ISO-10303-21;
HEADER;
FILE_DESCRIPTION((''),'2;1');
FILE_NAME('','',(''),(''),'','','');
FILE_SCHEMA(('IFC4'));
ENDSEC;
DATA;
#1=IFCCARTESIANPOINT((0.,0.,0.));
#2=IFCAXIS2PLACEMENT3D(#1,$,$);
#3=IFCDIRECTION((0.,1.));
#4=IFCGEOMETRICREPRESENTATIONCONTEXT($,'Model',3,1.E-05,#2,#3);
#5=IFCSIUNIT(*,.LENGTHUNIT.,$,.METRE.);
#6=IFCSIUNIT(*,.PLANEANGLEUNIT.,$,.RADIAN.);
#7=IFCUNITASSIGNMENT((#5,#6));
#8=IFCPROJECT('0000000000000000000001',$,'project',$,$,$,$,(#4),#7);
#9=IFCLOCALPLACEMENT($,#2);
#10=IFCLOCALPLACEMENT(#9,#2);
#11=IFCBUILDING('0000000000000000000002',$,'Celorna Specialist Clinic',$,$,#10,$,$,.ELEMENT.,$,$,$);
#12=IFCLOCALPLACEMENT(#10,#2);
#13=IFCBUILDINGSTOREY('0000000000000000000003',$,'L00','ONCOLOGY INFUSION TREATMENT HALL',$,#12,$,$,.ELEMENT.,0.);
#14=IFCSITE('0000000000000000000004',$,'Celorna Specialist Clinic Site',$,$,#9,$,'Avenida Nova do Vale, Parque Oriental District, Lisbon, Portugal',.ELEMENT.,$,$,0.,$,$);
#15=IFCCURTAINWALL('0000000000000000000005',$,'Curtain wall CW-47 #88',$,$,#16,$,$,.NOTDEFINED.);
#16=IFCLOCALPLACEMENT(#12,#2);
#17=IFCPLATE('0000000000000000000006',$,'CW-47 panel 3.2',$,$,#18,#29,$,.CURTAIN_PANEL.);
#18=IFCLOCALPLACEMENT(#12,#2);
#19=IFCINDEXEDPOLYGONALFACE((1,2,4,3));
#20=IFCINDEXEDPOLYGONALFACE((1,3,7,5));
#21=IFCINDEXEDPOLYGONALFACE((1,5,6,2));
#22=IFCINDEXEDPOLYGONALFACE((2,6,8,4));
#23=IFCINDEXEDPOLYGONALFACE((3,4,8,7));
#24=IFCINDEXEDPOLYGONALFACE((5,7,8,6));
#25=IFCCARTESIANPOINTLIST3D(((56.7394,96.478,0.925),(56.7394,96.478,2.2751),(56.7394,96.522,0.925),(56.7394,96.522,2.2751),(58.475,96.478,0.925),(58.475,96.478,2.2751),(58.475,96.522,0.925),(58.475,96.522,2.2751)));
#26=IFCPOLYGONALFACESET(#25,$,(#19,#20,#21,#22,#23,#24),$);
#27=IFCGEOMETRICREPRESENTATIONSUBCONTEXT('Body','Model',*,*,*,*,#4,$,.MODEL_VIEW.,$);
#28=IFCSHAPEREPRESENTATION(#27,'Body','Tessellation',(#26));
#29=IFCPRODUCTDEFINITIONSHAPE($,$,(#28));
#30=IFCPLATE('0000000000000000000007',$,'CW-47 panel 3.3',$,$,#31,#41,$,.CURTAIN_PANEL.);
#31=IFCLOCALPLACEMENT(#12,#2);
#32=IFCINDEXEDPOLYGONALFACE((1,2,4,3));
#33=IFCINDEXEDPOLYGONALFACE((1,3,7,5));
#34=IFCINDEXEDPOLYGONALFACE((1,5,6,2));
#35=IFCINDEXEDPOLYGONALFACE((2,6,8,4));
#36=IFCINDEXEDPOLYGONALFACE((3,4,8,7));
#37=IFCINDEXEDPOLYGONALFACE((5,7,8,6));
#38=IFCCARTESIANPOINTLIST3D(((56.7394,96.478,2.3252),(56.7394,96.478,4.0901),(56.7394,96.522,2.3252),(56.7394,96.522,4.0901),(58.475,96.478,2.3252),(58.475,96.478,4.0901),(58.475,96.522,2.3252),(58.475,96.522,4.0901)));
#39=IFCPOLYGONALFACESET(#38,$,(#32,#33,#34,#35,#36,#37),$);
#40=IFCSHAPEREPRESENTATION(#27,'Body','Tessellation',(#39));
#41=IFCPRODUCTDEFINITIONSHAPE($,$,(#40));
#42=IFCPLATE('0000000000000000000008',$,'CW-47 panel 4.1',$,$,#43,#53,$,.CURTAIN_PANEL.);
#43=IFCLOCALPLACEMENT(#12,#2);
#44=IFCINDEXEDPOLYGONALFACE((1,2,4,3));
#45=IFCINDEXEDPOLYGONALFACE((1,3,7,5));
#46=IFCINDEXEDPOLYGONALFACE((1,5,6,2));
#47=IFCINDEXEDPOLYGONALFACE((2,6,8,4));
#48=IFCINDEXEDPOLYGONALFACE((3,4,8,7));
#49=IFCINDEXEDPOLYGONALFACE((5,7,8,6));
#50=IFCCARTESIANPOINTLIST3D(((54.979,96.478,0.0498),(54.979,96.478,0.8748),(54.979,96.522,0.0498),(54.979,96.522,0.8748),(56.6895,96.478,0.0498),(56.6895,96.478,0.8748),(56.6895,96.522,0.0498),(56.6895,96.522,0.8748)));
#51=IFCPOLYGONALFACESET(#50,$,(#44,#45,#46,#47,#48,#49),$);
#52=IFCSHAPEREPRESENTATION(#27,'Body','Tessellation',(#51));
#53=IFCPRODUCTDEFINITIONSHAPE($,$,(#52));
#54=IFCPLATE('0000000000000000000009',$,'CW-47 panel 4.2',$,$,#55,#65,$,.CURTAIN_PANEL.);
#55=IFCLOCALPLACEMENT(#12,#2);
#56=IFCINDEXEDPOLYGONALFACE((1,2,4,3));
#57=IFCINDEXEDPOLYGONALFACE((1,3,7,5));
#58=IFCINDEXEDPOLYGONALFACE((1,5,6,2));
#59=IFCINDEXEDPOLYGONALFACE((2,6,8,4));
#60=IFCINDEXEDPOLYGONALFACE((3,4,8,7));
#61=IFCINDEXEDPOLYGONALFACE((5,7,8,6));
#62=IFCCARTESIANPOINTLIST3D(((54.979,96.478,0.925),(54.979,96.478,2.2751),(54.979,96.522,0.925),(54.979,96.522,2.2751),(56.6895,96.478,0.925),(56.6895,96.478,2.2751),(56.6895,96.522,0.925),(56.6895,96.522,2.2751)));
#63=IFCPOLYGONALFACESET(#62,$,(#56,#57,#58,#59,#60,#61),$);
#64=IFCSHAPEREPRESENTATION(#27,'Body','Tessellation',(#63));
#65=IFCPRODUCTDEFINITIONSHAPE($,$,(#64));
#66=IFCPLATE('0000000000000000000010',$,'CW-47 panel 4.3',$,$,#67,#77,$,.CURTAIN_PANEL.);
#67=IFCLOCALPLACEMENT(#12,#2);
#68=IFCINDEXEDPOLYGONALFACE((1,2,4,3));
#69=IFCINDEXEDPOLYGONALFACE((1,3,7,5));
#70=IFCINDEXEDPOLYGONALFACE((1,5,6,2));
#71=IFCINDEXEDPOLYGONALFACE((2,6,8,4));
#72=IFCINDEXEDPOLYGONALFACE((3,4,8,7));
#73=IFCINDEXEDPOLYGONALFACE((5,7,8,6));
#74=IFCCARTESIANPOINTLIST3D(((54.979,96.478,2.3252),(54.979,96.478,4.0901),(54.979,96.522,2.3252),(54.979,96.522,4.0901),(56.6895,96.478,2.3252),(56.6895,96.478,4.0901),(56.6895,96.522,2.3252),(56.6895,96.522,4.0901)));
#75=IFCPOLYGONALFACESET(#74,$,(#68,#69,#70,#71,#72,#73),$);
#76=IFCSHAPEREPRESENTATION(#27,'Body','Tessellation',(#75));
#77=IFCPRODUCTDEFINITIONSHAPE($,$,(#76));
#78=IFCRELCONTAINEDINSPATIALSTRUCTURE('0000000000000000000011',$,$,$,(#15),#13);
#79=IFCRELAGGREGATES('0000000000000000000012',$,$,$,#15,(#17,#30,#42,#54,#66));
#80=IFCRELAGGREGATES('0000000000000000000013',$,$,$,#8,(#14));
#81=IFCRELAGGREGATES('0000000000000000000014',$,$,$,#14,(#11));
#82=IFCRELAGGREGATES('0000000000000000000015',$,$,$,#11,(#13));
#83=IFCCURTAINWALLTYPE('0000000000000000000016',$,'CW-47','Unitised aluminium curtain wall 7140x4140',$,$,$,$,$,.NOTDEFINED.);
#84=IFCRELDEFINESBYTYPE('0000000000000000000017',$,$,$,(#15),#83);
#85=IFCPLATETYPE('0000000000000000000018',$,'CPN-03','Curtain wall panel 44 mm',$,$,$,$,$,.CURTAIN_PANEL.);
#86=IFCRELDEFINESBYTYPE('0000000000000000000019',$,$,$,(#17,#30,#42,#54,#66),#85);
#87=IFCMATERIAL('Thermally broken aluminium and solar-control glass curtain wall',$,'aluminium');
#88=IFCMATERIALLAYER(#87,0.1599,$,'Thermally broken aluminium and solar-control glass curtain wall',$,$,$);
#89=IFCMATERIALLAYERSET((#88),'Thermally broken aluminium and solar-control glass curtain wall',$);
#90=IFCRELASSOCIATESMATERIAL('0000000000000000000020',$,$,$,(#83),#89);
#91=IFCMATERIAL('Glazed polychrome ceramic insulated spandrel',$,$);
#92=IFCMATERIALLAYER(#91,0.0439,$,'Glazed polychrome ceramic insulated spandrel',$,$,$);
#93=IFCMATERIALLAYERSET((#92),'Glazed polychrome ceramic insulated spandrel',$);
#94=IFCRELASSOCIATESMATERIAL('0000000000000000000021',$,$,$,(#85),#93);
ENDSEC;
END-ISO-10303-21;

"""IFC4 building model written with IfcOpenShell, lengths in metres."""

from ifc_helpers import new_model, si_unit, direction, frame, origin, origin_2d, place, context, subcontext, project, spatial, rectangle, extrude, material, layer, layer_set, type_object, element, aggregate, save


model = new_model("IFC4")

# Units and contexts
model_context = context("Model", 3, precision=1e-05, world=origin(), true_north=direction((0.0, 1.0)))
body_context = subcontext(model_context, "Body", "Model", "MODEL_VIEW")
ifc_project = project(units=[si_unit("LENGTHUNIT", "METRE"), si_unit("PLANEANGLEUNIT", "RADIAN")], contexts=[model_context])

# Site, building, storey
site_placement = place(None, origin())
site = spatial("IfcSite", under=ifc_project, at=site_placement, Name="Celorna Specialist Clinic Site", LongName="Avenida Nova do Vale, Parque Oriental District, Lisbon, Portugal", CompositionType="ELEMENT", RefElevation=0.0)
building_placement = place(site_placement, origin())
building = spatial("IfcBuilding", under=site, at=building_placement, Name="Celorna Specialist Clinic", CompositionType="ELEMENT")
storey_placement = place(building_placement, origin())
storey = spatial("IfcBuildingStorey", under=building, at=storey_placement, Name="L00", Description="ONCOLOGY INFUSION TREATMENT HALL", CompositionType="ELEMENT", Elevation=0.0)

# Curtain wall
ifc_material_1 = material(Name="Thermally broken aluminium and solar-control glass curtain wall", Category="aluminium")
ifc_layer_1 = layer(ifc_material_1, 0.1599, Name="Thermally broken aluminium and solar-control glass curtain wall")
ifc_layer_set_1 = layer_set([ifc_layer_1], Name="Thermally broken aluminium and solar-control glass curtain wall")
curtain_wall_type_1 = type_object("IfcCurtainWallType", Name="CW-47", Description="Unitised aluminium curtain wall 7140x4140", PredefinedType="NOTDEFINED", material=ifc_layer_set_1)
curtain_wall_1_placement = place(storey_placement, origin())
curtain_wall_1 = element("IfcCurtainWall", 1, at=curtain_wall_1_placement, inside=storey, type_object=curtain_wall_type_1, Name="Curtain wall CW-47 #88", PredefinedType="NOTDEFINED")

# Plates
ifc_material_2 = material(Name="Glazed polychrome ceramic insulated spandrel")
ifc_layer_2 = layer(ifc_material_2, 0.0439, Name="Glazed polychrome ceramic insulated spandrel")
ifc_layer_set_2 = layer_set([ifc_layer_2], Name="Glazed polychrome ceramic insulated spandrel")
plate_type = type_object("IfcPlateType", Name="CPN-03", Description="Curtain wall panel 44 mm", PredefinedType="CURTAIN_PANEL", material=ifc_layer_set_2)
plate_1_placement = place(storey_placement, frame((57.6072, 96.5, 0.925), z_axis=(0.0, 0.0, 1.0), x_axis=(-1.0, 0.0, 0.0)))
plate_1 = element("IfcPlate", 2, at=plate_1_placement, type_object=plate_type, Name="CW-47 panel 3.2", PredefinedType="CURTAIN_PANEL", context=body_context, shape_type="SweptSolid", body=[
    extrude(rectangle(XDim=1.7356, YDim=0.0439, at=origin_2d()), origin(), (0.0, 0.0, 1.0), 1.3501),
])
plate_2_placement = place(storey_placement, frame((57.6072, 96.5, 2.3252), z_axis=(0.0, 0.0, 1.0), x_axis=(-1.0, 0.0, 0.0)))
plate_2 = element("IfcPlate", 3, at=plate_2_placement, type_object=plate_type, Name="CW-47 panel 3.3", PredefinedType="CURTAIN_PANEL", context=body_context, shape_type="SweptSolid", body=[
    extrude(rectangle(XDim=1.7356, YDim=0.0439, at=origin_2d()), origin(), (0.0, 0.0, 1.0), 1.7649),
])
plate_3_placement = place(storey_placement, frame((55.8342, 96.5, 0.0498), z_axis=(0.0, 0.0, 1.0), x_axis=(-1.0, 0.0, 0.0)))
plate_3 = element("IfcPlate", 4, at=plate_3_placement, type_object=plate_type, Name="CW-47 panel 4.1", PredefinedType="CURTAIN_PANEL", context=body_context, shape_type="SweptSolid", body=[
    extrude(rectangle(XDim=1.7104, YDim=0.0439, at=origin_2d()), origin(), (0.0, 0.0, 1.0), 0.825),
])
plate_4_placement = place(storey_placement, frame((55.8342, 96.5, 0.925), z_axis=(0.0, 0.0, 1.0), x_axis=(-1.0, 0.0, 0.0)))
plate_4 = element("IfcPlate", 5, at=plate_4_placement, type_object=plate_type, Name="CW-47 panel 4.2", PredefinedType="CURTAIN_PANEL", context=body_context, shape_type="SweptSolid", body=[
    extrude(rectangle(XDim=1.7104, YDim=0.0439, at=origin_2d()), origin(), (0.0, 0.0, 1.0), 1.3501),
])
plate_5_placement = place(storey_placement, frame((55.8342, 96.5, 2.3252), z_axis=(0.0, 0.0, 1.0), x_axis=(-1.0, 0.0, 0.0)))
plate_5 = element("IfcPlate", 6, at=plate_5_placement, type_object=plate_type, Name="CW-47 panel 4.3", PredefinedType="CURTAIN_PANEL", context=body_context, shape_type="SweptSolid", body=[
    extrude(rectangle(XDim=1.7104, YDim=0.0439, at=origin_2d()), origin(), (0.0, 0.0, 1.0), 1.7649),
])
aggregate(curtain_wall_1, [plate_1, plate_2, plate_3, plate_4, plate_5])

save(model, "model.ifc")
